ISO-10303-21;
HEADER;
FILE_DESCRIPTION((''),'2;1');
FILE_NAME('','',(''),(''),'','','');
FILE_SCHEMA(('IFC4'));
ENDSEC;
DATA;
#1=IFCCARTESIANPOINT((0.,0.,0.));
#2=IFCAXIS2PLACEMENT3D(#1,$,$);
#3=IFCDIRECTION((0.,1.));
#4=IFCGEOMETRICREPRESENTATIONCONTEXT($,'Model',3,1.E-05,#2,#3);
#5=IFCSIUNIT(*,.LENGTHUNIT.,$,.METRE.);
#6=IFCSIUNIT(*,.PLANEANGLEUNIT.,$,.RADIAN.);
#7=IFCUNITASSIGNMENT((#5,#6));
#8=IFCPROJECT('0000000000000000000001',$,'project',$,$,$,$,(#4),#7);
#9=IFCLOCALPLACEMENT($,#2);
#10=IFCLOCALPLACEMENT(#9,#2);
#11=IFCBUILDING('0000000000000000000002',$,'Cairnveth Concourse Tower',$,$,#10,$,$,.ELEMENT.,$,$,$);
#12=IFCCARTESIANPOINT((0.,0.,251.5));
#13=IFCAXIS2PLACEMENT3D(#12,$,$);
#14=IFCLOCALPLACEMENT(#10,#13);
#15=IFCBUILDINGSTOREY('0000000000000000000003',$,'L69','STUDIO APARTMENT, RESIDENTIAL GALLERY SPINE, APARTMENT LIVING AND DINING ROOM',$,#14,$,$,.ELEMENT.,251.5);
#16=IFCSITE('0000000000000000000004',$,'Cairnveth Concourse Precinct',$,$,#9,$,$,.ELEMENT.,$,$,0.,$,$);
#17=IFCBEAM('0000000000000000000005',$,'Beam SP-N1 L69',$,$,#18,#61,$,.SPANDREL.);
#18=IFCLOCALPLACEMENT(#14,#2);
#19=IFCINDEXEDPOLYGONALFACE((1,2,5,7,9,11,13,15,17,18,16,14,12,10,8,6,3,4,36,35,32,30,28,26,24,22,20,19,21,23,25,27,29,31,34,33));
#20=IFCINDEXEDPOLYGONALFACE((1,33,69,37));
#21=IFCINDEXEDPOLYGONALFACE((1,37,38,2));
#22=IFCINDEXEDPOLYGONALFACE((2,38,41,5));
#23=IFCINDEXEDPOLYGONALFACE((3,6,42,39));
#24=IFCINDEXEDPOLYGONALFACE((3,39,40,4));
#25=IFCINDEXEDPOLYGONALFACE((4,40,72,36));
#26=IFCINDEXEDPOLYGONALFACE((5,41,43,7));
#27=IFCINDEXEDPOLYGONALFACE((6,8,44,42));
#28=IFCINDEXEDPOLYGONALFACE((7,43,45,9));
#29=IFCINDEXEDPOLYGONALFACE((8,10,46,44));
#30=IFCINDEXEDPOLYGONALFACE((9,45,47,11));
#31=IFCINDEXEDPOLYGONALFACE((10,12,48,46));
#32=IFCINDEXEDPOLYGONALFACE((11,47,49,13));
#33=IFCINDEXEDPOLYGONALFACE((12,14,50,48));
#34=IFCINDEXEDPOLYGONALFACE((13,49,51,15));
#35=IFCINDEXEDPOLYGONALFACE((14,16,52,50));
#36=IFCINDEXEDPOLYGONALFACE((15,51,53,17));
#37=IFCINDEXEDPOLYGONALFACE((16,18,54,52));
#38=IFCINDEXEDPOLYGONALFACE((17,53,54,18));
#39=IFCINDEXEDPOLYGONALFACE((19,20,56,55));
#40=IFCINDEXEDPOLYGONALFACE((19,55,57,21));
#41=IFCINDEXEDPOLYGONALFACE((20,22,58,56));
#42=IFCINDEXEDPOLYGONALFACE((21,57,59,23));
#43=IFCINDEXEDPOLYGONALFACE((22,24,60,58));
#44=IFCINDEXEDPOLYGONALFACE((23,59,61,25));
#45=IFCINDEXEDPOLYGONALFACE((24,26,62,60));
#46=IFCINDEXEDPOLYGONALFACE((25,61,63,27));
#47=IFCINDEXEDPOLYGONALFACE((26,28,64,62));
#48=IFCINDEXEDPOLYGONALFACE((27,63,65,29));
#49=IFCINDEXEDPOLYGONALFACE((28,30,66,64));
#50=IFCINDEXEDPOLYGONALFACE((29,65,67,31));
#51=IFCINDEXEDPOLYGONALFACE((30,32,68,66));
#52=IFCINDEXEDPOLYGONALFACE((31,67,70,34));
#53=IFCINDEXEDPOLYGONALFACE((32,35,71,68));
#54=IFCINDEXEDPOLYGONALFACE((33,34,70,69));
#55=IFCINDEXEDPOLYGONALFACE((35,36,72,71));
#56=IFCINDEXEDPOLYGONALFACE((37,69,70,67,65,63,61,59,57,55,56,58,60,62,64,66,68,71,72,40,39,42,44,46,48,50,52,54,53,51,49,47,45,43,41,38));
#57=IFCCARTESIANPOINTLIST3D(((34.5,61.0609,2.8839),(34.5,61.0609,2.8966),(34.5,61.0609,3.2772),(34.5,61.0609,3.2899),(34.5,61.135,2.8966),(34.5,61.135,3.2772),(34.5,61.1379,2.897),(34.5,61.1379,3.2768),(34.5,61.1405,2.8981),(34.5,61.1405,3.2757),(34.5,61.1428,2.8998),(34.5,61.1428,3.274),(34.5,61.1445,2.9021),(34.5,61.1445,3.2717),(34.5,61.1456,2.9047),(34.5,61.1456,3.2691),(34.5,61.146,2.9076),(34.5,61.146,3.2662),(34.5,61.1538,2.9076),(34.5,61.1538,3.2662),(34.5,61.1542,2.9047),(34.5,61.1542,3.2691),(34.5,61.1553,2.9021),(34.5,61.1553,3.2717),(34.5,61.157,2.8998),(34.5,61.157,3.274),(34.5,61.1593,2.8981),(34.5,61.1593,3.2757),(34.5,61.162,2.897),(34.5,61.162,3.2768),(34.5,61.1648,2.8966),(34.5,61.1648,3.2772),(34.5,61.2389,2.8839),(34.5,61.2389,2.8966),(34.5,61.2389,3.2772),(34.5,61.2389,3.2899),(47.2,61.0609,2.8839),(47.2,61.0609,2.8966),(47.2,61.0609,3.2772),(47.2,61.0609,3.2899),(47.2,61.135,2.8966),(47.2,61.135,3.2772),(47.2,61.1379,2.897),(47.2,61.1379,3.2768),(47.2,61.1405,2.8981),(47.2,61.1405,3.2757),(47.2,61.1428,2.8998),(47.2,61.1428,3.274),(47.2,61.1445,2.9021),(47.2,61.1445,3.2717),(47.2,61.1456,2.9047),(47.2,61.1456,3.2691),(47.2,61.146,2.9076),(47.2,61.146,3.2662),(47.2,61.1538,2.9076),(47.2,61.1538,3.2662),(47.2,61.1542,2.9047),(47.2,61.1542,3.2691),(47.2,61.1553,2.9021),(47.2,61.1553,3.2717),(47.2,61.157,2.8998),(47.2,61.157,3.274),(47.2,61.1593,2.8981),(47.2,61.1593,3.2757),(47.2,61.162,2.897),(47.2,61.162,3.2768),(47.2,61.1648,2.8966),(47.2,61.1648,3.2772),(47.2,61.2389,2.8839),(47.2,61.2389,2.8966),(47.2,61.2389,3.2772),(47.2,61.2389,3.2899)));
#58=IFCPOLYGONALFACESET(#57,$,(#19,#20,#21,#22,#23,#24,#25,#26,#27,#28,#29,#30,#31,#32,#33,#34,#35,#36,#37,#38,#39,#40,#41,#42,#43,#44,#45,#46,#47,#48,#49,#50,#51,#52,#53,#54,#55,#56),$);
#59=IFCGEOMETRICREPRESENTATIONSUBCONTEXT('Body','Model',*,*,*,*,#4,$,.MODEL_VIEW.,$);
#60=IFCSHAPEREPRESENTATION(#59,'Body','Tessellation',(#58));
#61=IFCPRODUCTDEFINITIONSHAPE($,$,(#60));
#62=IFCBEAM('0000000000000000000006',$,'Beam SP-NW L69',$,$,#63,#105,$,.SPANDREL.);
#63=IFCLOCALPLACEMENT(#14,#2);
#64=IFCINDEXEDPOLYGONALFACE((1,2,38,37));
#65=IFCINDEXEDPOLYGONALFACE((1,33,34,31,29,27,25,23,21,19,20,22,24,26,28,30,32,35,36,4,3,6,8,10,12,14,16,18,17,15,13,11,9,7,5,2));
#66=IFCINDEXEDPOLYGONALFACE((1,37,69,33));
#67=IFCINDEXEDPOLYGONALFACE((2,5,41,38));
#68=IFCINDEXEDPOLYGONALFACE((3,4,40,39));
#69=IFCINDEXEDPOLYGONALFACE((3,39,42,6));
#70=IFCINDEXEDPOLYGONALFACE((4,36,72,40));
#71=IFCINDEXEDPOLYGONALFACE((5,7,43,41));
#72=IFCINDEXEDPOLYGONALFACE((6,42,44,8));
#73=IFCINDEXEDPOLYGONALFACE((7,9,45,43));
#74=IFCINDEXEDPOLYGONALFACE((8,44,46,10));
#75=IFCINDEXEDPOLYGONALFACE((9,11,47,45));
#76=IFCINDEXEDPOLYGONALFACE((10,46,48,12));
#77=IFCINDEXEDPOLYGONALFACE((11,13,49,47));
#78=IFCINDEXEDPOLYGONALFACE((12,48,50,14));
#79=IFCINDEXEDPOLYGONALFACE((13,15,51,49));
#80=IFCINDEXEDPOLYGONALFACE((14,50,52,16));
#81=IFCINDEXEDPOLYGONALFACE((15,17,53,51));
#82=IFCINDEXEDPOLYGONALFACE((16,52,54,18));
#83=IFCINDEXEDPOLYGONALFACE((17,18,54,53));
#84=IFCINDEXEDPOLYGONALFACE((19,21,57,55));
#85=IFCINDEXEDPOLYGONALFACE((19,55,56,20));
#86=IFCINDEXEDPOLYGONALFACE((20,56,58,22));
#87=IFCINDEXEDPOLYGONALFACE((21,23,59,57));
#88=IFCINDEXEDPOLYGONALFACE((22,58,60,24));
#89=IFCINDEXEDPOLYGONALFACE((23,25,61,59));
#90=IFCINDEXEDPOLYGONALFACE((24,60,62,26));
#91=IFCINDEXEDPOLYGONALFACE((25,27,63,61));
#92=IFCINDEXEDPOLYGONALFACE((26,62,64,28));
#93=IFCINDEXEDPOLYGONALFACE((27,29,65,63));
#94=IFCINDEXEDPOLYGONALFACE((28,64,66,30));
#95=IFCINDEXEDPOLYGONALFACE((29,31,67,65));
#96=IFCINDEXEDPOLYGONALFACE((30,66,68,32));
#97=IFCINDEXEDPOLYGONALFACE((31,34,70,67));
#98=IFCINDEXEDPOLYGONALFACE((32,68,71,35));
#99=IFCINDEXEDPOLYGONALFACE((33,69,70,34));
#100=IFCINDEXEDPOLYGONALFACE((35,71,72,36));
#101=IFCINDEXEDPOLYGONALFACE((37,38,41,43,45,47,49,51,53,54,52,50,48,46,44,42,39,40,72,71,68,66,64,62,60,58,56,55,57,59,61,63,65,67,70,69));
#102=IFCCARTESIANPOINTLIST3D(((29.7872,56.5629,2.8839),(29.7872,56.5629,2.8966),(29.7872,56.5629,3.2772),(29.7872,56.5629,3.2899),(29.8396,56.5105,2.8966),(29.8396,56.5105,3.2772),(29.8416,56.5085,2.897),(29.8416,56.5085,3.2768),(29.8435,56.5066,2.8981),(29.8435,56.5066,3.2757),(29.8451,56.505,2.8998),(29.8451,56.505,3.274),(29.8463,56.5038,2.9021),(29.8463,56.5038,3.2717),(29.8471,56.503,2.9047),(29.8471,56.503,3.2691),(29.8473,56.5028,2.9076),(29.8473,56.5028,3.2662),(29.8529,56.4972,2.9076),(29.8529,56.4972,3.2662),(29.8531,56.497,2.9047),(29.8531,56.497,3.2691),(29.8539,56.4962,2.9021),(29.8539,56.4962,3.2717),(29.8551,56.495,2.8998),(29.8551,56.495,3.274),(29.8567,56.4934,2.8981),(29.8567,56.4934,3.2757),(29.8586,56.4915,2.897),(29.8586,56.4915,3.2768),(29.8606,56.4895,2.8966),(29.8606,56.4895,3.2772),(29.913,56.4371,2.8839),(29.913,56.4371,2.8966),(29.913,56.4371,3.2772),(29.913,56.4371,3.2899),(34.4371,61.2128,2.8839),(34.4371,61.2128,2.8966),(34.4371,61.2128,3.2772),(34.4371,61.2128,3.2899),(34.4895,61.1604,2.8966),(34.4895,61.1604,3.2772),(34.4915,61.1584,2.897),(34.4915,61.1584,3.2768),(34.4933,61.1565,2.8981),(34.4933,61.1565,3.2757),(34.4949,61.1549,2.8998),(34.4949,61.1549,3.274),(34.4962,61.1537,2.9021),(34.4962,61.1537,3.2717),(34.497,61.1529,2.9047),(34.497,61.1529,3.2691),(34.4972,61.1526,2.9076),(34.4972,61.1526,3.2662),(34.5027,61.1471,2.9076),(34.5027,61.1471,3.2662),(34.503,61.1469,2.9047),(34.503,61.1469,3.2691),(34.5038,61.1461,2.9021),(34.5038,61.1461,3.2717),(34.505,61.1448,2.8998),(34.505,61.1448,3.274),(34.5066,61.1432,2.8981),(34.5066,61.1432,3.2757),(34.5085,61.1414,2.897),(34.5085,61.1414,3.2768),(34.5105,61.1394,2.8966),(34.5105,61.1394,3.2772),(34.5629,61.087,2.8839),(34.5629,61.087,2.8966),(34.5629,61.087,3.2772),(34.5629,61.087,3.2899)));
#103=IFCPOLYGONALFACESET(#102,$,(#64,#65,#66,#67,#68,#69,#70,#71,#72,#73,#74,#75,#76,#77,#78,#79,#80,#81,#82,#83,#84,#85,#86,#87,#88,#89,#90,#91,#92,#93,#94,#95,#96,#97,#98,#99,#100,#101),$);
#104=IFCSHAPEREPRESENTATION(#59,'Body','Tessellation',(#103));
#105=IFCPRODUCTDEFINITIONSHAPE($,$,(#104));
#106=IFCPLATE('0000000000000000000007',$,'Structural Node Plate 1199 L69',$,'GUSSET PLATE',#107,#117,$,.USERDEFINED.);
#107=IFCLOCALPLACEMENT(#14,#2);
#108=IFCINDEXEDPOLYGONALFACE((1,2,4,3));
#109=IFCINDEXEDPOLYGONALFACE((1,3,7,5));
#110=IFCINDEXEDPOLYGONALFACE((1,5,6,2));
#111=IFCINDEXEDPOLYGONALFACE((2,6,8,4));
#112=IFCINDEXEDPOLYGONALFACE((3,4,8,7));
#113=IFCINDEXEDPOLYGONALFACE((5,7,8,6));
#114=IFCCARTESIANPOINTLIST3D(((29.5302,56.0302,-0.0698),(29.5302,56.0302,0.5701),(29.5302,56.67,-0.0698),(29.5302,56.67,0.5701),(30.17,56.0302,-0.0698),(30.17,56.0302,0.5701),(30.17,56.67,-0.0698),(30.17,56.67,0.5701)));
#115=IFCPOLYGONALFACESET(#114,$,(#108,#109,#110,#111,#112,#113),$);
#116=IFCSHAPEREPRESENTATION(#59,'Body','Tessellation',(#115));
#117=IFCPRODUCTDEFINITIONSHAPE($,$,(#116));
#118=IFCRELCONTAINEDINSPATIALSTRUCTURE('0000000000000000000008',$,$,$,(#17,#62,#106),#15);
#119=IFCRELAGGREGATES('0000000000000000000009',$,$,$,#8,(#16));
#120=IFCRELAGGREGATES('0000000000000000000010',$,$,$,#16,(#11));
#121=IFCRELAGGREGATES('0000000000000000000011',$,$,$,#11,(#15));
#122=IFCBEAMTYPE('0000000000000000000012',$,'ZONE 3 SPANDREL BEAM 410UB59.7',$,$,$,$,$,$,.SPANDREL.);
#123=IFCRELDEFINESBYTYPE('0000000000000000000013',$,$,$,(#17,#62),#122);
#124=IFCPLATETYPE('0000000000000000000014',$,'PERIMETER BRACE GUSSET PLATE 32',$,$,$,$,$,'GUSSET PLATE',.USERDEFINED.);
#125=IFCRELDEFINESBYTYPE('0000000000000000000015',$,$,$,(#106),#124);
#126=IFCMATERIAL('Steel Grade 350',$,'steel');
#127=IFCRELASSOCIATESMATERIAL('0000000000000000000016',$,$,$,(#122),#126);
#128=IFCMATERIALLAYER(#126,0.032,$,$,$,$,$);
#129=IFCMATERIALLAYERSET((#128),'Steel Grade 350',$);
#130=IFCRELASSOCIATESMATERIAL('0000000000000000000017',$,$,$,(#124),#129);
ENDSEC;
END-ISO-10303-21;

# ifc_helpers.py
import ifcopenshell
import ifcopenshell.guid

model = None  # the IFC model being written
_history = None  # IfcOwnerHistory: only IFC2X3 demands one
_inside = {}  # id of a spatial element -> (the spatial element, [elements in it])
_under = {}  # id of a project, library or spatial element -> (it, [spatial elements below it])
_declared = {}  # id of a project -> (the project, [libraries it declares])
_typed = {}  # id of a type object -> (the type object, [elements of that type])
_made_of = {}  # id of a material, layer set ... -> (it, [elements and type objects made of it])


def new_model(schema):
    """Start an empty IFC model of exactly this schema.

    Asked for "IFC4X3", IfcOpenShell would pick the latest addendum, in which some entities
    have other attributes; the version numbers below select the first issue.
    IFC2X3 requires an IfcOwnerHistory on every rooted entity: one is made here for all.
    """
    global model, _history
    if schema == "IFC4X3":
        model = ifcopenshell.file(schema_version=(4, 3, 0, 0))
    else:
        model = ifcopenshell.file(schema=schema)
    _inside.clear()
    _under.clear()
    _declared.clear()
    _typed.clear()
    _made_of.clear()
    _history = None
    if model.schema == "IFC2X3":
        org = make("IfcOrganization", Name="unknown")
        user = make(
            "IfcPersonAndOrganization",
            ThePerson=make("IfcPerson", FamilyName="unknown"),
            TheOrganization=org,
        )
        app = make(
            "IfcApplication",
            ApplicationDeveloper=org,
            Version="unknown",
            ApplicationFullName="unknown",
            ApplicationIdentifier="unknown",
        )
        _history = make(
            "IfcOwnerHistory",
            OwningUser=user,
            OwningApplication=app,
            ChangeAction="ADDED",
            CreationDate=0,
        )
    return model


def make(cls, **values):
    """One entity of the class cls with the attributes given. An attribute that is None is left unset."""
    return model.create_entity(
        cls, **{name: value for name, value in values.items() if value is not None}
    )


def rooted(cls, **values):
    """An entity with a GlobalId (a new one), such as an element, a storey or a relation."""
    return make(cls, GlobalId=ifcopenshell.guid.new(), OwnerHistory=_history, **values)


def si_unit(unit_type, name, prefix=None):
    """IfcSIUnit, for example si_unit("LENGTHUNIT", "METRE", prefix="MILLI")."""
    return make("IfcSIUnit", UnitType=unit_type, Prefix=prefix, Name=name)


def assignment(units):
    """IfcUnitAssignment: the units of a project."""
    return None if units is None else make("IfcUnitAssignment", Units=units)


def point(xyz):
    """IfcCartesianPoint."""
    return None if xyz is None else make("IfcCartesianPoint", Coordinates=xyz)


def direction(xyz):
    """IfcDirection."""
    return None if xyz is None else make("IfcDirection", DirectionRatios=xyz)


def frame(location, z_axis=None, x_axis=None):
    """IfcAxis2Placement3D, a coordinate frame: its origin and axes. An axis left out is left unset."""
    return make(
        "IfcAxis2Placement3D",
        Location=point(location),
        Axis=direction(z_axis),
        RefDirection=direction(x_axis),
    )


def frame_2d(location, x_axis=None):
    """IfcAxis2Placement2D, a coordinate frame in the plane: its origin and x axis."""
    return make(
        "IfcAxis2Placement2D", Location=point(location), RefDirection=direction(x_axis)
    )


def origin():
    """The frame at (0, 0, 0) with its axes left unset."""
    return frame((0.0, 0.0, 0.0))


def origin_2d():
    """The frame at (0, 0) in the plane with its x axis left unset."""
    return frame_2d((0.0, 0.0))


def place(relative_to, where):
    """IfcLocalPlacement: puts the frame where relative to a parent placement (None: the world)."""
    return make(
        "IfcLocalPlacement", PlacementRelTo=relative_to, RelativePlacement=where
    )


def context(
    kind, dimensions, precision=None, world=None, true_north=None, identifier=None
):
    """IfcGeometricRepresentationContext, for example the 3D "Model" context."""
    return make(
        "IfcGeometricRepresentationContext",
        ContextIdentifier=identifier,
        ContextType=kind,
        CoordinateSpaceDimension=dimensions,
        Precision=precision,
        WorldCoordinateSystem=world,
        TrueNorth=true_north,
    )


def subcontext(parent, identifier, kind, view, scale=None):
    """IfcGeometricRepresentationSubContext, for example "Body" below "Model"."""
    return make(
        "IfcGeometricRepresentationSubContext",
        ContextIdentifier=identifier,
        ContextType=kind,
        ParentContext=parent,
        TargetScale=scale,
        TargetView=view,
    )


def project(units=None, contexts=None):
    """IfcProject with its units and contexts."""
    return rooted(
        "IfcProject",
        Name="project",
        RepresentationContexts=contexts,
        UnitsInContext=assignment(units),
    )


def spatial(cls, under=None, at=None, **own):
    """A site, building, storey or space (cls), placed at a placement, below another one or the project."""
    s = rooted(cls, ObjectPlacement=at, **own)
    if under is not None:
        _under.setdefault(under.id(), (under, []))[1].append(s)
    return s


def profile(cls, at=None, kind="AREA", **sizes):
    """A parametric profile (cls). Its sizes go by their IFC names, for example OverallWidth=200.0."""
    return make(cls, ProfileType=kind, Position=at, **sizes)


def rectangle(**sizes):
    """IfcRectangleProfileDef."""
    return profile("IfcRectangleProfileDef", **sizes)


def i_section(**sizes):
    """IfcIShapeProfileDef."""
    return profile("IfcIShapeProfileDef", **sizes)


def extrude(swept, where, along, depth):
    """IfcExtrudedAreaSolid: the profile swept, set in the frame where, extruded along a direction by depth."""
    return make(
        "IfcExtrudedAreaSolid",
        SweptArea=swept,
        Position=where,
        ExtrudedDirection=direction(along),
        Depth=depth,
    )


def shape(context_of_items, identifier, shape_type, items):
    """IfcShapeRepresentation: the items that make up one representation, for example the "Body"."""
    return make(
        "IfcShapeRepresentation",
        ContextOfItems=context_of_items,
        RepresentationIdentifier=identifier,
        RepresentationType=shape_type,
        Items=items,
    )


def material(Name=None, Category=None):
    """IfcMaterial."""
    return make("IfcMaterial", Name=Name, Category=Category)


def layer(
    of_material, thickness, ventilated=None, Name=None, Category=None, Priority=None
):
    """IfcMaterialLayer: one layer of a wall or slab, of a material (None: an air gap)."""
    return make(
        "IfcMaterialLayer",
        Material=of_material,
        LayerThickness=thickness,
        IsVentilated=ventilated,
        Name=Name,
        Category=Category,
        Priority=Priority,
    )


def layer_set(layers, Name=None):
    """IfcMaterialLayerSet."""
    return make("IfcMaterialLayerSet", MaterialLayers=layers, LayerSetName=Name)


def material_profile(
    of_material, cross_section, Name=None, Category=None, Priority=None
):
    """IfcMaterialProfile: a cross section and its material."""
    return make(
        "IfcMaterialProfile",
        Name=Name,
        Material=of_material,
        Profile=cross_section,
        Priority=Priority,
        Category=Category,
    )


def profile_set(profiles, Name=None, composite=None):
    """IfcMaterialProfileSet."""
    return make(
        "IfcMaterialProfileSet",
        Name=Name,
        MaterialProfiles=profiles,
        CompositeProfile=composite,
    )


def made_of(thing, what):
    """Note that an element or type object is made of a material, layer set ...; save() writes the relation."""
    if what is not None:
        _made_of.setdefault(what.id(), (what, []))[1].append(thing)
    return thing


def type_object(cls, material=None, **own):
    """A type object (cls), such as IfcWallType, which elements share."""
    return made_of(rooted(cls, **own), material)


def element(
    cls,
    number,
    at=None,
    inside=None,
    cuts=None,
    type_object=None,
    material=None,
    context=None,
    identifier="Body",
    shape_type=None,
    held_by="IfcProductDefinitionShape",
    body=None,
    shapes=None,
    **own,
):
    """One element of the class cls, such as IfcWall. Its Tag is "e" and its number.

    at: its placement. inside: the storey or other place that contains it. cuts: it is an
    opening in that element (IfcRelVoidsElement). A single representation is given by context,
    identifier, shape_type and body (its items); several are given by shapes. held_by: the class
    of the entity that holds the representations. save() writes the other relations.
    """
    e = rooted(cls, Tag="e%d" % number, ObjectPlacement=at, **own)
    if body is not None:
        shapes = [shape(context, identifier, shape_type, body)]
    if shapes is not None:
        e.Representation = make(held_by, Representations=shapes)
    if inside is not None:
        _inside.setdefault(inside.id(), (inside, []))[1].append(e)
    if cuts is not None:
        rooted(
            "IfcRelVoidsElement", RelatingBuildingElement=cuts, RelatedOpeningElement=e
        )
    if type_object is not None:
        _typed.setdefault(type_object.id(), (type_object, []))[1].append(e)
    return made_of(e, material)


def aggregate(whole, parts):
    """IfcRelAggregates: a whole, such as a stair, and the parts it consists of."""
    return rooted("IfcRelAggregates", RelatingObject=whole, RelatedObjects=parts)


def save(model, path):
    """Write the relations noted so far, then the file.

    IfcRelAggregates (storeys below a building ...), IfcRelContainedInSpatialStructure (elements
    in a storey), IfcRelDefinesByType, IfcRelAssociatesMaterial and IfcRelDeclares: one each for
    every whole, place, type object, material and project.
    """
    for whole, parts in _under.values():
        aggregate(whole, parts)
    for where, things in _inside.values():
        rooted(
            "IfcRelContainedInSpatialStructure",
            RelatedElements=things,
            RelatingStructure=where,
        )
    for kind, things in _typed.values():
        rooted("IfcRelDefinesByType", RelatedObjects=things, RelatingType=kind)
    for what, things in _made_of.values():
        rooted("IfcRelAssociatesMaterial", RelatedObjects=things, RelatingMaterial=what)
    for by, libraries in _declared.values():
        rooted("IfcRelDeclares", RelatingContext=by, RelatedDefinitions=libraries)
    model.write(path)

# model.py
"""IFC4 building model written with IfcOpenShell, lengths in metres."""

from ifc_helpers import new_model, si_unit, direction, frame, origin, origin_2d, place, context, subcontext, project, spatial, rectangle, i_section, extrude, material, layer, layer_set, material_profile, profile_set, type_object, element, save


model = new_model("IFC4")

# Units and contexts
model_context = context("Model", 3, precision=1e-05, world=origin(), true_north=direction((0.0, 1.0)))
body_context = subcontext(model_context, "Body", "Model", "MODEL_VIEW")
ifc_project = project(units=[si_unit("LENGTHUNIT", "METRE"), si_unit("PLANEANGLEUNIT", "RADIAN")], contexts=[model_context])

# Site, building, storey
site_placement = place(None, origin())
site = spatial("IfcSite", under=ifc_project, at=site_placement, Name="Cairnveth Concourse Precinct", CompositionType="ELEMENT", RefElevation=0.0)
building_placement = place(site_placement, origin())
building = spatial("IfcBuilding", under=site, at=building_placement, Name="Cairnveth Concourse Tower", CompositionType="ELEMENT")
storey_placement = place(building_placement, frame((0.0, 0.0, 251.5)))
storey = spatial("IfcBuildingStorey", under=building, at=storey_placement, Name="L69", Description="STUDIO APARTMENT, RESIDENTIAL GALLERY SPINE, APARTMENT LIVING AND DINING ROOM", CompositionType="ELEMENT", Elevation=251.5)

# Shared definitions
ifc_material_1 = material(Name="Steel Grade 350", Category="steel")

# Beams
ifc_material_profile_1 = material_profile(ifc_material_1, i_section(OverallWidth=0.178, OverallDepth=0.406, WebThickness=0.0078, FlangeThickness=0.0127, FilletRadius=0.011, at=origin_2d()), Name="410UB59.7")
ifc_profile_set_1 = profile_set([ifc_material_profile_1], Name="Steel Grade 350")
beam_type_1 = type_object("IfcBeamType", Name="ZONE 3 SPANDREL BEAM 410UB59.7", PredefinedType="SPANDREL", material=ifc_profile_set_1)
beam_1_placement = place(storey_placement, frame((34.5, 61.1499, 3.0869), z_axis=(1.0, 0.0, 0.0), x_axis=(0.0, 1.0, 0.0)))
element("IfcBeam", 1, at=beam_1_placement, inside=storey, type_object=beam_type_1, Name="Beam SP-N1 L69", PredefinedType="SPANDREL", context=body_context, shape_type="SweptSolid", body=[
    extrude(i_section(OverallWidth=0.178, OverallDepth=0.406, WebThickness=0.0078, FlangeThickness=0.0127, FilletRadius=0.011, at=origin_2d()), origin(), (0.0, 0.0, 1.0), 12.7),
])
beam_2_placement = place(storey_placement, frame((29.8501, 56.5, 3.0869), z_axis=(0.707107, 0.707107, 0.0), x_axis=(-0.707107, 0.707107, 0.0)))
element("IfcBeam", 2, at=beam_2_placement, inside=storey, type_object=beam_type_1, Name="Beam SP-NW L69", PredefinedType="SPANDREL", context=body_context, shape_type="SweptSolid", body=[
    extrude(i_section(OverallWidth=0.178, OverallDepth=0.406, WebThickness=0.0078, FlangeThickness=0.0127, FilletRadius=0.011, at=origin_2d()), origin(), (0.0, 0.0, 1.0), 6.5759),
])

# Plate
ifc_layer_1 = layer(ifc_material_1, 0.032)
ifc_layer_set_1 = layer_set([ifc_layer_1], Name="Steel Grade 350")
plate_type = type_object("IfcPlateType", Name="PERIMETER BRACE GUSSET PLATE 32", ElementType="GUSSET PLATE", PredefinedType="USERDEFINED", material=ifc_layer_set_1)
plate_placement = place(storey_placement, frame((29.8501, 56.3501, -0.0698), z_axis=(0.0, 0.0, 1.0), x_axis=(1.0, 0.0, 0.0)))
element("IfcPlate", 3, at=plate_placement, inside=storey, type_object=plate_type, Name="Structural Node Plate 1199 L69", ObjectType="GUSSET PLATE", PredefinedType="USERDEFINED", context=body_context, shape_type="SweptSolid", body=[
    extrude(rectangle(XDim=0.6399, YDim=0.6399, at=origin_2d()), origin(), (0.0, 0.0, 1.0), 0.6399),
])

save(model, "model.ifc")
